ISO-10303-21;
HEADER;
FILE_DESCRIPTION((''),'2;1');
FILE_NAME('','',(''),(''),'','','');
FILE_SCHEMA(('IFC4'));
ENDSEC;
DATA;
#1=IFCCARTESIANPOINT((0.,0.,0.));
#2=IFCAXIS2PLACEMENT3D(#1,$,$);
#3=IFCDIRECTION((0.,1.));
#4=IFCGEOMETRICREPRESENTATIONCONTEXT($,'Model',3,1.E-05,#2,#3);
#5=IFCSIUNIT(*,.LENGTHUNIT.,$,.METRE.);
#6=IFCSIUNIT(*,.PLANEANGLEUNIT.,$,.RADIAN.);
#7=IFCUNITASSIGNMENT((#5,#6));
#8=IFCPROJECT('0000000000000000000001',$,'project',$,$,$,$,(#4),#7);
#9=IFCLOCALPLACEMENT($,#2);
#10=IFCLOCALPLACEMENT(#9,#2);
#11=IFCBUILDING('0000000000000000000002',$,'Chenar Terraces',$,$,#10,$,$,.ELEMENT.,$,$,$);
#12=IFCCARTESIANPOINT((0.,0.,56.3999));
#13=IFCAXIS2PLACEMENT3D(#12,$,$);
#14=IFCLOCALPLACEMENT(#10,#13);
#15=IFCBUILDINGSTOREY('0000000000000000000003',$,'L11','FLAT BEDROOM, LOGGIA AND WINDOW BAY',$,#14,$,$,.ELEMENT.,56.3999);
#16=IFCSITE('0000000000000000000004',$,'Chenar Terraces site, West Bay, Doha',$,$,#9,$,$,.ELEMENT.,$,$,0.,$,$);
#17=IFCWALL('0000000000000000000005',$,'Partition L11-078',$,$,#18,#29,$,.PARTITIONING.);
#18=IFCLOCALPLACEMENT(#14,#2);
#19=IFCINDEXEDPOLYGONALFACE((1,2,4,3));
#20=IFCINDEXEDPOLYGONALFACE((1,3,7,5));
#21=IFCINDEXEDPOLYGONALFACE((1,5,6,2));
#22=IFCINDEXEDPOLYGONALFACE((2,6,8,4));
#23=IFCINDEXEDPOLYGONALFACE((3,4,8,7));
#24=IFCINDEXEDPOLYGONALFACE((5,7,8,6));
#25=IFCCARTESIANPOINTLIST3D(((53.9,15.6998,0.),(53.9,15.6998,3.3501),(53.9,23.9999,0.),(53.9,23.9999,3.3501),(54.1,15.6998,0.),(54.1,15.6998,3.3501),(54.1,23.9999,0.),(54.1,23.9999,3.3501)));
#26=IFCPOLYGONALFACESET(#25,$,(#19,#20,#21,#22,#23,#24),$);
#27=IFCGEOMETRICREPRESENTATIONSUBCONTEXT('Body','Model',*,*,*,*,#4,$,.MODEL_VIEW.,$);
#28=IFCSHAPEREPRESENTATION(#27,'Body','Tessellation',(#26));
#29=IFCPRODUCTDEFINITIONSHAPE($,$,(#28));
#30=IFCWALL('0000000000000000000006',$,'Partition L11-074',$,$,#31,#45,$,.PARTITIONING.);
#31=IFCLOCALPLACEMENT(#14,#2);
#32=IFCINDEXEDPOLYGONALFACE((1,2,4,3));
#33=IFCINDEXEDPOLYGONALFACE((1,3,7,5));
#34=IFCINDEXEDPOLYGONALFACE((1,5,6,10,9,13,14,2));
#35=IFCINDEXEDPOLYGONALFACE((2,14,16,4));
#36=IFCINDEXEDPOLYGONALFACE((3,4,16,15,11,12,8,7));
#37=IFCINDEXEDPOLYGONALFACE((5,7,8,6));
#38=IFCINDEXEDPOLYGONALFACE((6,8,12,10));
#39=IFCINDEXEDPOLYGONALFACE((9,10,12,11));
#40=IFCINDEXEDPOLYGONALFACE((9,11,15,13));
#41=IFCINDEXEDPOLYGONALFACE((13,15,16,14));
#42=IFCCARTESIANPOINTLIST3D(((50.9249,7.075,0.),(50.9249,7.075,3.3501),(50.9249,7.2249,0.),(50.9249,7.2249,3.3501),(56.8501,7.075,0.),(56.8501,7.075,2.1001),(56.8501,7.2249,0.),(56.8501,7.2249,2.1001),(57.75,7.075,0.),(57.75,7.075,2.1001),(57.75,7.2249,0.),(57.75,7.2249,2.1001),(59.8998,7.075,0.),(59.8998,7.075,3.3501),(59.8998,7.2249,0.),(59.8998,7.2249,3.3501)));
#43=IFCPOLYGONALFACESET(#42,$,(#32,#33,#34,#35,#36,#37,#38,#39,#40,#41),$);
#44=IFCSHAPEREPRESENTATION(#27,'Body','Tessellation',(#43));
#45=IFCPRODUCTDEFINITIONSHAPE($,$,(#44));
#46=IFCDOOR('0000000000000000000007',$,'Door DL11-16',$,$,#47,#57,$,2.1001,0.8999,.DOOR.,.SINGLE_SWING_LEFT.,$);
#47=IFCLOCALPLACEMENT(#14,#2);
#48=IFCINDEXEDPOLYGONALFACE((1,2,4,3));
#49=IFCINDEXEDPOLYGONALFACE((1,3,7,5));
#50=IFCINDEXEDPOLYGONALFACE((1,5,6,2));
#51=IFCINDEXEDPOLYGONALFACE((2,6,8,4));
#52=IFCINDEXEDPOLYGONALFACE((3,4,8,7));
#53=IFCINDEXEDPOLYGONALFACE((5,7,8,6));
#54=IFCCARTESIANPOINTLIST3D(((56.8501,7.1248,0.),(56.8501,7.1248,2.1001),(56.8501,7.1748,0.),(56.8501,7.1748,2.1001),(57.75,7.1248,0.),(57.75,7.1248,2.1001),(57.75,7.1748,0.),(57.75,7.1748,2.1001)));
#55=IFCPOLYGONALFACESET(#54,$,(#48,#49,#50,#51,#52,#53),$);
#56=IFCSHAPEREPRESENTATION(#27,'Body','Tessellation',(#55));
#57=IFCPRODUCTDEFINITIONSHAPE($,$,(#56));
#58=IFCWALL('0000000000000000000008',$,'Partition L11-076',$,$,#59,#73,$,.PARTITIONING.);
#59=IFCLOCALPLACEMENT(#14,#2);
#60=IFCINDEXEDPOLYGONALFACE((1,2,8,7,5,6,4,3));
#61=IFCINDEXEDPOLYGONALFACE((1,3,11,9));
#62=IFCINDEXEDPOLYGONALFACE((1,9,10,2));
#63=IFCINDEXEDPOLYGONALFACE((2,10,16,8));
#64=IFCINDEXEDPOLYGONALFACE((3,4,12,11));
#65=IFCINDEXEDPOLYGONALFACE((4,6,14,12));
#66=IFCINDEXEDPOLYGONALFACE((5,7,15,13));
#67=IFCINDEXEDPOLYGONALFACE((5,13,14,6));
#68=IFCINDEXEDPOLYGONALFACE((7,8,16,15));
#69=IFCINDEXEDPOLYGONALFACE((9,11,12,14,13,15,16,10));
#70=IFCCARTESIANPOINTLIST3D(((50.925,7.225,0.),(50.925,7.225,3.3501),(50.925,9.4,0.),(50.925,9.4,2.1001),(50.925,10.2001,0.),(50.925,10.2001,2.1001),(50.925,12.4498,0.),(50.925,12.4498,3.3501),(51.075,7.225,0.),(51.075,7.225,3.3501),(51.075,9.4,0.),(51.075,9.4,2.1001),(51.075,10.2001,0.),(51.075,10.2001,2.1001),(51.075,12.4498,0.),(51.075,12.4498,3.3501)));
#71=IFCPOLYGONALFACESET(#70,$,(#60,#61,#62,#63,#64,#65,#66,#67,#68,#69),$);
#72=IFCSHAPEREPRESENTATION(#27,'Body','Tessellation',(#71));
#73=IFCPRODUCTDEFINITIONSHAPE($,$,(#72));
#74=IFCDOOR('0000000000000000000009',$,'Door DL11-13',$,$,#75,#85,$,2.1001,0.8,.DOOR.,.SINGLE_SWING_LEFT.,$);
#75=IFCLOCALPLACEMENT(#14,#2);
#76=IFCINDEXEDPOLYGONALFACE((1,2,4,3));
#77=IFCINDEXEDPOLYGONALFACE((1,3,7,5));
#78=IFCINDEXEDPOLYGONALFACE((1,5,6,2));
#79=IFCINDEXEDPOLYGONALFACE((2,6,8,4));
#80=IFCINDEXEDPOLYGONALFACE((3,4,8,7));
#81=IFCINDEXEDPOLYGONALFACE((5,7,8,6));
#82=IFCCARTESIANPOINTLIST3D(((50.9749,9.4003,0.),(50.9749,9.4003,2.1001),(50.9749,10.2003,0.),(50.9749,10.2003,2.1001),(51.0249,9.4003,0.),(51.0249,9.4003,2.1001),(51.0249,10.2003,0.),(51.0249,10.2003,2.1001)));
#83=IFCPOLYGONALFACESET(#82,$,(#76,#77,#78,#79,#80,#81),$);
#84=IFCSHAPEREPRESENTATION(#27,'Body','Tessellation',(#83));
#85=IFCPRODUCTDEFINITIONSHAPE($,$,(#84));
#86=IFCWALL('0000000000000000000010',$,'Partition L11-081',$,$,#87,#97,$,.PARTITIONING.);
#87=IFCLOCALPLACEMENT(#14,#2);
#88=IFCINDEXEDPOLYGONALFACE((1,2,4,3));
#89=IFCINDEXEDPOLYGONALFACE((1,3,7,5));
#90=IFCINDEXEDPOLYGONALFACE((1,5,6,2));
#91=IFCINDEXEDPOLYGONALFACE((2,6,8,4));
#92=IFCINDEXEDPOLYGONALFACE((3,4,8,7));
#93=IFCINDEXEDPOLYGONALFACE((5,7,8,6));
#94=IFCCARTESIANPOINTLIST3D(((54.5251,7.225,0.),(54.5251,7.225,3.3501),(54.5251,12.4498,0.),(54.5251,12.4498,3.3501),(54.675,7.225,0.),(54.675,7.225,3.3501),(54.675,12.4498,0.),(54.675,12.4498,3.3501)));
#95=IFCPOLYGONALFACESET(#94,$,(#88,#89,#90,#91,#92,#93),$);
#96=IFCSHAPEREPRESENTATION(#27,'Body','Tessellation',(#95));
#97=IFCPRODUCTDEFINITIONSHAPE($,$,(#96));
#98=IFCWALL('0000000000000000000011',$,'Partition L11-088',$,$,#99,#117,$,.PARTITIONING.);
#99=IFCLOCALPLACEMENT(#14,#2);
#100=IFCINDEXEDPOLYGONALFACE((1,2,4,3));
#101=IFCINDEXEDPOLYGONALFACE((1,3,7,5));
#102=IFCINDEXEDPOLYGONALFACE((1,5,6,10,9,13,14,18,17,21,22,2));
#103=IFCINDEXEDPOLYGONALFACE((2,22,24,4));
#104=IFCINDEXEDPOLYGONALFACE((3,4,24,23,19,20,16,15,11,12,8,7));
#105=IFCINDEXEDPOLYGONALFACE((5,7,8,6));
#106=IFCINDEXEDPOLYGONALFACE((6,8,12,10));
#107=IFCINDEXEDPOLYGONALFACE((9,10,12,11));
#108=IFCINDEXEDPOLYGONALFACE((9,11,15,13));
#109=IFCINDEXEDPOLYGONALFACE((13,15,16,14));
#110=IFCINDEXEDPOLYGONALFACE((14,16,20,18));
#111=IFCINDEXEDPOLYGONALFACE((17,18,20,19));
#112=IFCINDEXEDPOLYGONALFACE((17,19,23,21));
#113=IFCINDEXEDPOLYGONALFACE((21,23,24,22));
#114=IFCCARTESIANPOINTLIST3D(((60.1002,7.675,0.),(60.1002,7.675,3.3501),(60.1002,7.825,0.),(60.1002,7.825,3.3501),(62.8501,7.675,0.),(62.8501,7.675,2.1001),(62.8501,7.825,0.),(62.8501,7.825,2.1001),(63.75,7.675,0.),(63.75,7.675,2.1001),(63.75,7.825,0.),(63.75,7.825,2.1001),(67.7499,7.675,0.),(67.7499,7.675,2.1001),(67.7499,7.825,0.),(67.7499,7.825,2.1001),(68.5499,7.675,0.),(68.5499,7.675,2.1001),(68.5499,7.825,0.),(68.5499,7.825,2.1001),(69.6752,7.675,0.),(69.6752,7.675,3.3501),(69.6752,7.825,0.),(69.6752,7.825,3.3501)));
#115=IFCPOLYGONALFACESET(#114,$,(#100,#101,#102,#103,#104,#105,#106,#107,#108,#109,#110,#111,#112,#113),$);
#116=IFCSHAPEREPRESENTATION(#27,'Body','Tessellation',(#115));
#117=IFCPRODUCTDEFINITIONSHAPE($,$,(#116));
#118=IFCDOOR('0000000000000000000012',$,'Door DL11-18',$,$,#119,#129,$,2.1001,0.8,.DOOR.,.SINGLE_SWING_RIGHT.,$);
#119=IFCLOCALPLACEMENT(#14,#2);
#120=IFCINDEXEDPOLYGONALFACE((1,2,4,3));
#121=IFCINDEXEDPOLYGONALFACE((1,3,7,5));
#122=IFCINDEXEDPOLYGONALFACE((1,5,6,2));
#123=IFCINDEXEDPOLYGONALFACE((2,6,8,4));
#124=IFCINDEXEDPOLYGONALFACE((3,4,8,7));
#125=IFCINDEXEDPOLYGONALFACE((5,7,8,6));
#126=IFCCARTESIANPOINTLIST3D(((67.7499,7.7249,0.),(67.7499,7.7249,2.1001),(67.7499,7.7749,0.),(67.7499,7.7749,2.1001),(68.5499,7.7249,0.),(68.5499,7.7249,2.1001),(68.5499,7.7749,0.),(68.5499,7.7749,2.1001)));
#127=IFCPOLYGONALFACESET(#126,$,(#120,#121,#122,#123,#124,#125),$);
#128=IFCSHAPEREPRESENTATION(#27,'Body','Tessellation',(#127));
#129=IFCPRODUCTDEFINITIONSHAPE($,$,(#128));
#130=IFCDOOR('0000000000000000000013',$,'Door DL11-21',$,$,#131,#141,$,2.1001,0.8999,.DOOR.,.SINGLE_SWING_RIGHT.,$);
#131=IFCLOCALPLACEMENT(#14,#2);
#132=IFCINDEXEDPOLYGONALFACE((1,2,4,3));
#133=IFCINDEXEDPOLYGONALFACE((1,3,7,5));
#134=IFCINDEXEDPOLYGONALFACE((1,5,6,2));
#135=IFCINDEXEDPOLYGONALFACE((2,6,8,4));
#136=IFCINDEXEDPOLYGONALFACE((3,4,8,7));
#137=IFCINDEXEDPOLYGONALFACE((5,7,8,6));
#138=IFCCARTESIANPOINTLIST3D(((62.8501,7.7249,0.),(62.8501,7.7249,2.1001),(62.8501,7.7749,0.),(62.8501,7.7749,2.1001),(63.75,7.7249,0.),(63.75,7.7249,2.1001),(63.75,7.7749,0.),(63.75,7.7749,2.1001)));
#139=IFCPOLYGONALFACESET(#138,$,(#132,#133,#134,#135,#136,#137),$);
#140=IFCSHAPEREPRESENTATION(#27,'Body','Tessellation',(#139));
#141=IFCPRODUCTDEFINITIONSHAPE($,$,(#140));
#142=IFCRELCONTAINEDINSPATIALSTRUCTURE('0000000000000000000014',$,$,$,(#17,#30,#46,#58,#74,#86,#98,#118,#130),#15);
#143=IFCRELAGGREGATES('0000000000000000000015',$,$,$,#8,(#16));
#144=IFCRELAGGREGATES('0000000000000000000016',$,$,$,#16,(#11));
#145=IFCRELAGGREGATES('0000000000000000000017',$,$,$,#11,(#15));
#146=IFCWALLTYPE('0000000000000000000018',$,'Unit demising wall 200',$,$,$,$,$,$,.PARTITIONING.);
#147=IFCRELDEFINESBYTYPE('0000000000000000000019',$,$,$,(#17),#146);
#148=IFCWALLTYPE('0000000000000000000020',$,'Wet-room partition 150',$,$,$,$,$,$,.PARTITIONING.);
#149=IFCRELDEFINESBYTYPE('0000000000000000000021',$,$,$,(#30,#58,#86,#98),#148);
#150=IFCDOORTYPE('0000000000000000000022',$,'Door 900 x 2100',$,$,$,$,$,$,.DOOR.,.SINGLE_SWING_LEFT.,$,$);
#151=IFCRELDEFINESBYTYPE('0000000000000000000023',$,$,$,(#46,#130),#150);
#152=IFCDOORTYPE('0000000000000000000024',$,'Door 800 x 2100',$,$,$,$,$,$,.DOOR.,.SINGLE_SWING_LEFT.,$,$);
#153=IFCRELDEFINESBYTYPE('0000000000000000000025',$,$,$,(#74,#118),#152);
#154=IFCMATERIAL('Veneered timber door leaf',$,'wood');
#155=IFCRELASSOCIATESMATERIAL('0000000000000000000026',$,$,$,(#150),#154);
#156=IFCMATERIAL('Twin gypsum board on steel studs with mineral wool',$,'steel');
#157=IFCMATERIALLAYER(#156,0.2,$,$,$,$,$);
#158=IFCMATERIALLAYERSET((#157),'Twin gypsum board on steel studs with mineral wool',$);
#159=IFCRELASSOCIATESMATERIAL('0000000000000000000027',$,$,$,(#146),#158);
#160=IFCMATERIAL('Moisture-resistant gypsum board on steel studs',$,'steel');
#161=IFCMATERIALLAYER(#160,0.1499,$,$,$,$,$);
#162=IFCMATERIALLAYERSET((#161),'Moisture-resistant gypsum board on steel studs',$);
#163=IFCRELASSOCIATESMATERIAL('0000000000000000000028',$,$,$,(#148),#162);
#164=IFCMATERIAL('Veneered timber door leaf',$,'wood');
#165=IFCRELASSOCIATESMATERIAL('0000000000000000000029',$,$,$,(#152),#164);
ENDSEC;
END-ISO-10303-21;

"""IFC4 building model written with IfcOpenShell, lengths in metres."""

from ifc_helpers import new_model, si_unit, direction, frame, frame_2d, origin, place, context, subcontext, project, spatial, rectangle, extrude, material, layer, layer_set, type_object, element, fill, save


model = new_model("IFC4")

# Units and contexts
model_context = context("Model", 3, precision=1e-05, world=origin(), true_north=direction((0.0, 1.0)))
body_context = subcontext(model_context, "Body", "Model", "MODEL_VIEW")
ifc_project = project(units=[si_unit("LENGTHUNIT", "METRE"), si_unit("PLANEANGLEUNIT", "RADIAN")], contexts=[model_context])

# Site, building, storey
site_placement = place(None, origin())
site = spatial("IfcSite", under=ifc_project, at=site_placement, Name="Chenar Terraces site, West Bay, Doha", CompositionType="ELEMENT", RefElevation=0.0)
building_placement = place(site_placement, origin())
building = spatial("IfcBuilding", under=site, at=building_placement, Name="Chenar Terraces", CompositionType="ELEMENT")
storey_placement = place(building_placement, frame((0.0, 0.0, 56.3999)))
storey = spatial("IfcBuildingStorey", under=building, at=storey_placement, Name="L11", Description="FLAT BEDROOM, LOGGIA AND WINDOW BAY", CompositionType="ELEMENT", Elevation=56.3999)

# Shared definitions
ifc_material_1 = material(Name="Veneered timber door leaf", Category="wood")
door_type_1 = type_object("IfcDoorType", Name="Door 900 x 2100", OperationType="SINGLE_SWING_LEFT", PredefinedType="DOOR", material=ifc_material_1)

# Wall
ifc_material_2 = material(Name="Twin gypsum board on steel studs with mineral wool", Category="steel")
ifc_layer_1 = layer(ifc_material_2, 0.2)
ifc_layer_set_1 = layer_set([ifc_layer_1], Name="Twin gypsum board on steel studs with mineral wool")
wall_type_1 = type_object("IfcWallType", Name="Unit demising wall 200", PredefinedType="PARTITIONING", material=ifc_layer_set_1)
wall_1_placement = place(storey_placement, frame((54.0, 15.7, 0.0), z_axis=(0.0, 0.0, 1.0), x_axis=(0.0, 1.0, 0.0)))
element("IfcWall", 1, at=wall_1_placement, inside=storey, type_object=wall_type_1, Name="Partition L11-078", PredefinedType="PARTITIONING", context=body_context, shape_type="SweptSolid", body=[
    extrude(rectangle(XDim=8.3, YDim=0.2, at=frame_2d((4.1499, 0.0))), origin(), (0.0, 0.0, 1.0), 3.3501),
])

# Walls, openings, doors
ifc_material_3 = material(Name="Moisture-resistant gypsum board on steel studs", Category="steel")
ifc_layer_2 = layer(ifc_material_3, 0.1499)
ifc_layer_set_2 = layer_set([ifc_layer_2], Name="Moisture-resistant gypsum board on steel studs")
wall_type_2 = type_object("IfcWallType", Name="Wet-room partition 150", PredefinedType="PARTITIONING", material=ifc_layer_set_2)
wall_2_placement = place(storey_placement, frame((50.925, 7.1499, 0.0), z_axis=(0.0, 0.0, 1.0), x_axis=(1.0, 0.0, 0.0)))
wall_2 = element("IfcWall", 2, at=wall_2_placement, inside=storey, type_object=wall_type_2, Name="Partition L11-074", PredefinedType="PARTITIONING", context=body_context, shape_type="SweptSolid", body=[
    extrude(rectangle(XDim=8.9749, YDim=0.1499, at=frame_2d((4.4873, 0.0))), origin(), (0.0, 0.0, 1.0), 3.3501),
])
opening_1_placement = place(wall_2_placement, frame((5.925, 0.0, 0.0)))
opening_1 = element("IfcOpeningElement", 3, at=opening_1_placement, cuts=wall_2, PredefinedType="OPENING", context=body_context, shape_type="SweptSolid", body=[
    extrude(rectangle(XDim=0.8999, YDim=2.1001, at=frame_2d((0.45, 1.05))), frame((0.0, 0.085, 0.0), z_axis=(0.0, -1.0, 0.0), x_axis=(1.0, 0.0, 0.0)), (0.0, 0.0, 1.0), 0.1699),
])
door_1_placement = place(opening_1_placement, origin())
door_1 = element("IfcDoor", 4, at=door_1_placement, inside=storey, type_object=door_type_1, Name="Door DL11-16", OperationType="SINGLE_SWING_LEFT", OverallHeight=2.1001, OverallWidth=0.8999, PredefinedType="DOOR", context=body_context, shape_type="SweptSolid", body=[
    extrude(rectangle(XDim=0.8999, YDim=2.1001, at=frame_2d((0.45, 1.05))), frame((0.0, 0.0249, 0.0), z_axis=(0.0, -1.0, 0.0), x_axis=(1.0, 0.0, 0.0)), (0.0, 0.0, 1.0), 0.05),
])
fill(opening_1, door_1)
wall_3_placement = place(storey_placement, frame((51.0, 7.2251, 0.0), z_axis=(0.0, 0.0, 1.0), x_axis=(0.0, 1.0, 0.0)))
wall_3 = element("IfcWall", 5, at=wall_3_placement, inside=storey, type_object=wall_type_2, Name="Partition L11-076", PredefinedType="PARTITIONING", context=body_context, shape_type="SweptSolid", body=[
    extrude(rectangle(XDim=5.2249, YDim=0.1499, at=frame_2d((2.6123, 0.0))), origin(), (0.0, 0.0, 1.0), 3.3501),
])
opening_2_placement = place(wall_3_placement, frame((2.175, 0.0, 0.0)))
opening_2 = element("IfcOpeningElement", 6, at=opening_2_placement, cuts=wall_3, PredefinedType="OPENING", context=body_context, shape_type="SweptSolid", body=[
    extrude(rectangle(XDim=0.8, YDim=2.1001, at=frame_2d((0.3999, 1.05))), frame((0.0, 0.085, 0.0), z_axis=(0.0, -1.0, 0.0), x_axis=(1.0, 0.0, 0.0)), (0.0, 0.0, 1.0), 0.1699),
])
ifc_material_4 = material(Name="Veneered timber door leaf", Category="wood")
door_type_2 = type_object("IfcDoorType", Name="Door 800 x 2100", OperationType="SINGLE_SWING_LEFT", PredefinedType="DOOR", material=ifc_material_4)
door_2_placement = place(opening_2_placement, frame((0.8, 0.0, 0.0), z_axis=(0.0, 0.0, 1.0), x_axis=(-1.0, 0.0, 0.0)))
door_2 = element("IfcDoor", 7, at=door_2_placement, inside=storey, type_object=door_type_2, Name="Door DL11-13", OperationType="SINGLE_SWING_LEFT", OverallHeight=2.1001, OverallWidth=0.8, PredefinedType="DOOR", context=body_context, shape_type="SweptSolid", body=[
    extrude(rectangle(XDim=0.8, YDim=2.1001, at=frame_2d((0.3999, 1.05))), frame((0.0, 0.0249, 0.0), z_axis=(0.0, -1.0, 0.0), x_axis=(1.0, 0.0, 0.0)), (0.0, 0.0, 1.0), 0.05),
])
fill(opening_2, door_2)

# Wall
wall_4_placement = place(storey_placement, frame((54.6001, 7.2251, 0.0), z_axis=(0.0, 0.0, 1.0), x_axis=(0.0, 1.0, 0.0)))
element("IfcWall", 8, at=wall_4_placement, inside=storey, type_object=wall_type_2, Name="Partition L11-081", PredefinedType="PARTITIONING", context=body_context, shape_type="SweptSolid", body=[
    extrude(rectangle(XDim=5.2249, YDim=0.1499, at=frame_2d((2.6123, 0.0))), origin(), (0.0, 0.0, 1.0), 3.3501),
])

# Wall, openings, doors
wall_5_placement = place(storey_placement, frame((60.1001, 7.75, 0.0), z_axis=(0.0, 0.0, 1.0), x_axis=(1.0, 0.0, 0.0)))
wall_5 = element("IfcWall", 9, at=wall_5_placement, inside=storey, type_object=wall_type_2, Name="Partition L11-088", PredefinedType="PARTITIONING", context=body_context, shape_type="SweptSolid", body=[
    extrude(rectangle(XDim=9.575, YDim=0.1499, at=frame_2d((4.7876, 0.0))), origin(), (0.0, 0.0, 1.0), 3.3501),
])
opening_3_placement = place(wall_5_placement, frame((7.6499, 0.0, 0.0)))
opening_3 = element("IfcOpeningElement", 10, at=opening_3_placement, cuts=wall_5, PredefinedType="OPENING", context=body_context, shape_type="SweptSolid", body=[
    extrude(rectangle(XDim=0.8, YDim=2.1001, at=frame_2d((0.3999, 1.05))), frame((0.0, 0.085, 0.0), z_axis=(0.0, -1.0, 0.0), x_axis=(1.0, 0.0, 0.0)), (0.0, 0.0, 1.0), 0.1699),
])
opening_4_placement = place(wall_5_placement, frame((2.75, 0.0, 0.0)))
opening_4 = element("IfcOpeningElement", 11, at=opening_4_placement, cuts=wall_5, PredefinedType="OPENING", context=body_context, shape_type="SweptSolid", body=[
    extrude(rectangle(XDim=0.8999, YDim=2.1001, at=frame_2d((0.45, 1.05))), frame((0.0, 0.085, 0.0), z_axis=(0.0, -1.0, 0.0), x_axis=(1.0, 0.0, 0.0)), (0.0, 0.0, 1.0), 0.1699),
])
door_3_placement = place(opening_3_placement, origin())
door_3 = element("IfcDoor", 12, at=door_3_placement, inside=storey, type_object=door_type_2, Name="Door DL11-18", OperationType="SINGLE_SWING_RIGHT", OverallHeight=2.1001, OverallWidth=0.8, PredefinedType="DOOR", context=body_context, shape_type="SweptSolid", body=[
    extrude(rectangle(XDim=0.8, YDim=2.1001, at=frame_2d((0.3999, 1.05))), frame((0.0, 0.0249, 0.0), z_axis=(0.0, -1.0, 0.0), x_axis=(1.0, 0.0, 0.0)), (0.0, 0.0, 1.0), 0.05),
])
fill(opening_3, door_3)
door_4_placement = place(opening_4_placement, origin())
door_4 = element("IfcDoor", 13, at=door_4_placement, inside=storey, type_object=door_type_1, Name="Door DL11-21", OperationType="SINGLE_SWING_RIGHT", OverallHeight=2.1001, OverallWidth=0.8999, PredefinedType="DOOR", context=body_context, shape_type="SweptSolid", body=[
    extrude(rectangle(XDim=0.8999, YDim=2.1001, at=frame_2d((0.45, 1.05))), frame((0.0, 0.0249, 0.0), z_axis=(0.0, -1.0, 0.0), x_axis=(1.0, 0.0, 0.0)), (0.0, 0.0, 1.0), 0.05),
])
fill(opening_4, door_4)

save(model, "model.ifc")
